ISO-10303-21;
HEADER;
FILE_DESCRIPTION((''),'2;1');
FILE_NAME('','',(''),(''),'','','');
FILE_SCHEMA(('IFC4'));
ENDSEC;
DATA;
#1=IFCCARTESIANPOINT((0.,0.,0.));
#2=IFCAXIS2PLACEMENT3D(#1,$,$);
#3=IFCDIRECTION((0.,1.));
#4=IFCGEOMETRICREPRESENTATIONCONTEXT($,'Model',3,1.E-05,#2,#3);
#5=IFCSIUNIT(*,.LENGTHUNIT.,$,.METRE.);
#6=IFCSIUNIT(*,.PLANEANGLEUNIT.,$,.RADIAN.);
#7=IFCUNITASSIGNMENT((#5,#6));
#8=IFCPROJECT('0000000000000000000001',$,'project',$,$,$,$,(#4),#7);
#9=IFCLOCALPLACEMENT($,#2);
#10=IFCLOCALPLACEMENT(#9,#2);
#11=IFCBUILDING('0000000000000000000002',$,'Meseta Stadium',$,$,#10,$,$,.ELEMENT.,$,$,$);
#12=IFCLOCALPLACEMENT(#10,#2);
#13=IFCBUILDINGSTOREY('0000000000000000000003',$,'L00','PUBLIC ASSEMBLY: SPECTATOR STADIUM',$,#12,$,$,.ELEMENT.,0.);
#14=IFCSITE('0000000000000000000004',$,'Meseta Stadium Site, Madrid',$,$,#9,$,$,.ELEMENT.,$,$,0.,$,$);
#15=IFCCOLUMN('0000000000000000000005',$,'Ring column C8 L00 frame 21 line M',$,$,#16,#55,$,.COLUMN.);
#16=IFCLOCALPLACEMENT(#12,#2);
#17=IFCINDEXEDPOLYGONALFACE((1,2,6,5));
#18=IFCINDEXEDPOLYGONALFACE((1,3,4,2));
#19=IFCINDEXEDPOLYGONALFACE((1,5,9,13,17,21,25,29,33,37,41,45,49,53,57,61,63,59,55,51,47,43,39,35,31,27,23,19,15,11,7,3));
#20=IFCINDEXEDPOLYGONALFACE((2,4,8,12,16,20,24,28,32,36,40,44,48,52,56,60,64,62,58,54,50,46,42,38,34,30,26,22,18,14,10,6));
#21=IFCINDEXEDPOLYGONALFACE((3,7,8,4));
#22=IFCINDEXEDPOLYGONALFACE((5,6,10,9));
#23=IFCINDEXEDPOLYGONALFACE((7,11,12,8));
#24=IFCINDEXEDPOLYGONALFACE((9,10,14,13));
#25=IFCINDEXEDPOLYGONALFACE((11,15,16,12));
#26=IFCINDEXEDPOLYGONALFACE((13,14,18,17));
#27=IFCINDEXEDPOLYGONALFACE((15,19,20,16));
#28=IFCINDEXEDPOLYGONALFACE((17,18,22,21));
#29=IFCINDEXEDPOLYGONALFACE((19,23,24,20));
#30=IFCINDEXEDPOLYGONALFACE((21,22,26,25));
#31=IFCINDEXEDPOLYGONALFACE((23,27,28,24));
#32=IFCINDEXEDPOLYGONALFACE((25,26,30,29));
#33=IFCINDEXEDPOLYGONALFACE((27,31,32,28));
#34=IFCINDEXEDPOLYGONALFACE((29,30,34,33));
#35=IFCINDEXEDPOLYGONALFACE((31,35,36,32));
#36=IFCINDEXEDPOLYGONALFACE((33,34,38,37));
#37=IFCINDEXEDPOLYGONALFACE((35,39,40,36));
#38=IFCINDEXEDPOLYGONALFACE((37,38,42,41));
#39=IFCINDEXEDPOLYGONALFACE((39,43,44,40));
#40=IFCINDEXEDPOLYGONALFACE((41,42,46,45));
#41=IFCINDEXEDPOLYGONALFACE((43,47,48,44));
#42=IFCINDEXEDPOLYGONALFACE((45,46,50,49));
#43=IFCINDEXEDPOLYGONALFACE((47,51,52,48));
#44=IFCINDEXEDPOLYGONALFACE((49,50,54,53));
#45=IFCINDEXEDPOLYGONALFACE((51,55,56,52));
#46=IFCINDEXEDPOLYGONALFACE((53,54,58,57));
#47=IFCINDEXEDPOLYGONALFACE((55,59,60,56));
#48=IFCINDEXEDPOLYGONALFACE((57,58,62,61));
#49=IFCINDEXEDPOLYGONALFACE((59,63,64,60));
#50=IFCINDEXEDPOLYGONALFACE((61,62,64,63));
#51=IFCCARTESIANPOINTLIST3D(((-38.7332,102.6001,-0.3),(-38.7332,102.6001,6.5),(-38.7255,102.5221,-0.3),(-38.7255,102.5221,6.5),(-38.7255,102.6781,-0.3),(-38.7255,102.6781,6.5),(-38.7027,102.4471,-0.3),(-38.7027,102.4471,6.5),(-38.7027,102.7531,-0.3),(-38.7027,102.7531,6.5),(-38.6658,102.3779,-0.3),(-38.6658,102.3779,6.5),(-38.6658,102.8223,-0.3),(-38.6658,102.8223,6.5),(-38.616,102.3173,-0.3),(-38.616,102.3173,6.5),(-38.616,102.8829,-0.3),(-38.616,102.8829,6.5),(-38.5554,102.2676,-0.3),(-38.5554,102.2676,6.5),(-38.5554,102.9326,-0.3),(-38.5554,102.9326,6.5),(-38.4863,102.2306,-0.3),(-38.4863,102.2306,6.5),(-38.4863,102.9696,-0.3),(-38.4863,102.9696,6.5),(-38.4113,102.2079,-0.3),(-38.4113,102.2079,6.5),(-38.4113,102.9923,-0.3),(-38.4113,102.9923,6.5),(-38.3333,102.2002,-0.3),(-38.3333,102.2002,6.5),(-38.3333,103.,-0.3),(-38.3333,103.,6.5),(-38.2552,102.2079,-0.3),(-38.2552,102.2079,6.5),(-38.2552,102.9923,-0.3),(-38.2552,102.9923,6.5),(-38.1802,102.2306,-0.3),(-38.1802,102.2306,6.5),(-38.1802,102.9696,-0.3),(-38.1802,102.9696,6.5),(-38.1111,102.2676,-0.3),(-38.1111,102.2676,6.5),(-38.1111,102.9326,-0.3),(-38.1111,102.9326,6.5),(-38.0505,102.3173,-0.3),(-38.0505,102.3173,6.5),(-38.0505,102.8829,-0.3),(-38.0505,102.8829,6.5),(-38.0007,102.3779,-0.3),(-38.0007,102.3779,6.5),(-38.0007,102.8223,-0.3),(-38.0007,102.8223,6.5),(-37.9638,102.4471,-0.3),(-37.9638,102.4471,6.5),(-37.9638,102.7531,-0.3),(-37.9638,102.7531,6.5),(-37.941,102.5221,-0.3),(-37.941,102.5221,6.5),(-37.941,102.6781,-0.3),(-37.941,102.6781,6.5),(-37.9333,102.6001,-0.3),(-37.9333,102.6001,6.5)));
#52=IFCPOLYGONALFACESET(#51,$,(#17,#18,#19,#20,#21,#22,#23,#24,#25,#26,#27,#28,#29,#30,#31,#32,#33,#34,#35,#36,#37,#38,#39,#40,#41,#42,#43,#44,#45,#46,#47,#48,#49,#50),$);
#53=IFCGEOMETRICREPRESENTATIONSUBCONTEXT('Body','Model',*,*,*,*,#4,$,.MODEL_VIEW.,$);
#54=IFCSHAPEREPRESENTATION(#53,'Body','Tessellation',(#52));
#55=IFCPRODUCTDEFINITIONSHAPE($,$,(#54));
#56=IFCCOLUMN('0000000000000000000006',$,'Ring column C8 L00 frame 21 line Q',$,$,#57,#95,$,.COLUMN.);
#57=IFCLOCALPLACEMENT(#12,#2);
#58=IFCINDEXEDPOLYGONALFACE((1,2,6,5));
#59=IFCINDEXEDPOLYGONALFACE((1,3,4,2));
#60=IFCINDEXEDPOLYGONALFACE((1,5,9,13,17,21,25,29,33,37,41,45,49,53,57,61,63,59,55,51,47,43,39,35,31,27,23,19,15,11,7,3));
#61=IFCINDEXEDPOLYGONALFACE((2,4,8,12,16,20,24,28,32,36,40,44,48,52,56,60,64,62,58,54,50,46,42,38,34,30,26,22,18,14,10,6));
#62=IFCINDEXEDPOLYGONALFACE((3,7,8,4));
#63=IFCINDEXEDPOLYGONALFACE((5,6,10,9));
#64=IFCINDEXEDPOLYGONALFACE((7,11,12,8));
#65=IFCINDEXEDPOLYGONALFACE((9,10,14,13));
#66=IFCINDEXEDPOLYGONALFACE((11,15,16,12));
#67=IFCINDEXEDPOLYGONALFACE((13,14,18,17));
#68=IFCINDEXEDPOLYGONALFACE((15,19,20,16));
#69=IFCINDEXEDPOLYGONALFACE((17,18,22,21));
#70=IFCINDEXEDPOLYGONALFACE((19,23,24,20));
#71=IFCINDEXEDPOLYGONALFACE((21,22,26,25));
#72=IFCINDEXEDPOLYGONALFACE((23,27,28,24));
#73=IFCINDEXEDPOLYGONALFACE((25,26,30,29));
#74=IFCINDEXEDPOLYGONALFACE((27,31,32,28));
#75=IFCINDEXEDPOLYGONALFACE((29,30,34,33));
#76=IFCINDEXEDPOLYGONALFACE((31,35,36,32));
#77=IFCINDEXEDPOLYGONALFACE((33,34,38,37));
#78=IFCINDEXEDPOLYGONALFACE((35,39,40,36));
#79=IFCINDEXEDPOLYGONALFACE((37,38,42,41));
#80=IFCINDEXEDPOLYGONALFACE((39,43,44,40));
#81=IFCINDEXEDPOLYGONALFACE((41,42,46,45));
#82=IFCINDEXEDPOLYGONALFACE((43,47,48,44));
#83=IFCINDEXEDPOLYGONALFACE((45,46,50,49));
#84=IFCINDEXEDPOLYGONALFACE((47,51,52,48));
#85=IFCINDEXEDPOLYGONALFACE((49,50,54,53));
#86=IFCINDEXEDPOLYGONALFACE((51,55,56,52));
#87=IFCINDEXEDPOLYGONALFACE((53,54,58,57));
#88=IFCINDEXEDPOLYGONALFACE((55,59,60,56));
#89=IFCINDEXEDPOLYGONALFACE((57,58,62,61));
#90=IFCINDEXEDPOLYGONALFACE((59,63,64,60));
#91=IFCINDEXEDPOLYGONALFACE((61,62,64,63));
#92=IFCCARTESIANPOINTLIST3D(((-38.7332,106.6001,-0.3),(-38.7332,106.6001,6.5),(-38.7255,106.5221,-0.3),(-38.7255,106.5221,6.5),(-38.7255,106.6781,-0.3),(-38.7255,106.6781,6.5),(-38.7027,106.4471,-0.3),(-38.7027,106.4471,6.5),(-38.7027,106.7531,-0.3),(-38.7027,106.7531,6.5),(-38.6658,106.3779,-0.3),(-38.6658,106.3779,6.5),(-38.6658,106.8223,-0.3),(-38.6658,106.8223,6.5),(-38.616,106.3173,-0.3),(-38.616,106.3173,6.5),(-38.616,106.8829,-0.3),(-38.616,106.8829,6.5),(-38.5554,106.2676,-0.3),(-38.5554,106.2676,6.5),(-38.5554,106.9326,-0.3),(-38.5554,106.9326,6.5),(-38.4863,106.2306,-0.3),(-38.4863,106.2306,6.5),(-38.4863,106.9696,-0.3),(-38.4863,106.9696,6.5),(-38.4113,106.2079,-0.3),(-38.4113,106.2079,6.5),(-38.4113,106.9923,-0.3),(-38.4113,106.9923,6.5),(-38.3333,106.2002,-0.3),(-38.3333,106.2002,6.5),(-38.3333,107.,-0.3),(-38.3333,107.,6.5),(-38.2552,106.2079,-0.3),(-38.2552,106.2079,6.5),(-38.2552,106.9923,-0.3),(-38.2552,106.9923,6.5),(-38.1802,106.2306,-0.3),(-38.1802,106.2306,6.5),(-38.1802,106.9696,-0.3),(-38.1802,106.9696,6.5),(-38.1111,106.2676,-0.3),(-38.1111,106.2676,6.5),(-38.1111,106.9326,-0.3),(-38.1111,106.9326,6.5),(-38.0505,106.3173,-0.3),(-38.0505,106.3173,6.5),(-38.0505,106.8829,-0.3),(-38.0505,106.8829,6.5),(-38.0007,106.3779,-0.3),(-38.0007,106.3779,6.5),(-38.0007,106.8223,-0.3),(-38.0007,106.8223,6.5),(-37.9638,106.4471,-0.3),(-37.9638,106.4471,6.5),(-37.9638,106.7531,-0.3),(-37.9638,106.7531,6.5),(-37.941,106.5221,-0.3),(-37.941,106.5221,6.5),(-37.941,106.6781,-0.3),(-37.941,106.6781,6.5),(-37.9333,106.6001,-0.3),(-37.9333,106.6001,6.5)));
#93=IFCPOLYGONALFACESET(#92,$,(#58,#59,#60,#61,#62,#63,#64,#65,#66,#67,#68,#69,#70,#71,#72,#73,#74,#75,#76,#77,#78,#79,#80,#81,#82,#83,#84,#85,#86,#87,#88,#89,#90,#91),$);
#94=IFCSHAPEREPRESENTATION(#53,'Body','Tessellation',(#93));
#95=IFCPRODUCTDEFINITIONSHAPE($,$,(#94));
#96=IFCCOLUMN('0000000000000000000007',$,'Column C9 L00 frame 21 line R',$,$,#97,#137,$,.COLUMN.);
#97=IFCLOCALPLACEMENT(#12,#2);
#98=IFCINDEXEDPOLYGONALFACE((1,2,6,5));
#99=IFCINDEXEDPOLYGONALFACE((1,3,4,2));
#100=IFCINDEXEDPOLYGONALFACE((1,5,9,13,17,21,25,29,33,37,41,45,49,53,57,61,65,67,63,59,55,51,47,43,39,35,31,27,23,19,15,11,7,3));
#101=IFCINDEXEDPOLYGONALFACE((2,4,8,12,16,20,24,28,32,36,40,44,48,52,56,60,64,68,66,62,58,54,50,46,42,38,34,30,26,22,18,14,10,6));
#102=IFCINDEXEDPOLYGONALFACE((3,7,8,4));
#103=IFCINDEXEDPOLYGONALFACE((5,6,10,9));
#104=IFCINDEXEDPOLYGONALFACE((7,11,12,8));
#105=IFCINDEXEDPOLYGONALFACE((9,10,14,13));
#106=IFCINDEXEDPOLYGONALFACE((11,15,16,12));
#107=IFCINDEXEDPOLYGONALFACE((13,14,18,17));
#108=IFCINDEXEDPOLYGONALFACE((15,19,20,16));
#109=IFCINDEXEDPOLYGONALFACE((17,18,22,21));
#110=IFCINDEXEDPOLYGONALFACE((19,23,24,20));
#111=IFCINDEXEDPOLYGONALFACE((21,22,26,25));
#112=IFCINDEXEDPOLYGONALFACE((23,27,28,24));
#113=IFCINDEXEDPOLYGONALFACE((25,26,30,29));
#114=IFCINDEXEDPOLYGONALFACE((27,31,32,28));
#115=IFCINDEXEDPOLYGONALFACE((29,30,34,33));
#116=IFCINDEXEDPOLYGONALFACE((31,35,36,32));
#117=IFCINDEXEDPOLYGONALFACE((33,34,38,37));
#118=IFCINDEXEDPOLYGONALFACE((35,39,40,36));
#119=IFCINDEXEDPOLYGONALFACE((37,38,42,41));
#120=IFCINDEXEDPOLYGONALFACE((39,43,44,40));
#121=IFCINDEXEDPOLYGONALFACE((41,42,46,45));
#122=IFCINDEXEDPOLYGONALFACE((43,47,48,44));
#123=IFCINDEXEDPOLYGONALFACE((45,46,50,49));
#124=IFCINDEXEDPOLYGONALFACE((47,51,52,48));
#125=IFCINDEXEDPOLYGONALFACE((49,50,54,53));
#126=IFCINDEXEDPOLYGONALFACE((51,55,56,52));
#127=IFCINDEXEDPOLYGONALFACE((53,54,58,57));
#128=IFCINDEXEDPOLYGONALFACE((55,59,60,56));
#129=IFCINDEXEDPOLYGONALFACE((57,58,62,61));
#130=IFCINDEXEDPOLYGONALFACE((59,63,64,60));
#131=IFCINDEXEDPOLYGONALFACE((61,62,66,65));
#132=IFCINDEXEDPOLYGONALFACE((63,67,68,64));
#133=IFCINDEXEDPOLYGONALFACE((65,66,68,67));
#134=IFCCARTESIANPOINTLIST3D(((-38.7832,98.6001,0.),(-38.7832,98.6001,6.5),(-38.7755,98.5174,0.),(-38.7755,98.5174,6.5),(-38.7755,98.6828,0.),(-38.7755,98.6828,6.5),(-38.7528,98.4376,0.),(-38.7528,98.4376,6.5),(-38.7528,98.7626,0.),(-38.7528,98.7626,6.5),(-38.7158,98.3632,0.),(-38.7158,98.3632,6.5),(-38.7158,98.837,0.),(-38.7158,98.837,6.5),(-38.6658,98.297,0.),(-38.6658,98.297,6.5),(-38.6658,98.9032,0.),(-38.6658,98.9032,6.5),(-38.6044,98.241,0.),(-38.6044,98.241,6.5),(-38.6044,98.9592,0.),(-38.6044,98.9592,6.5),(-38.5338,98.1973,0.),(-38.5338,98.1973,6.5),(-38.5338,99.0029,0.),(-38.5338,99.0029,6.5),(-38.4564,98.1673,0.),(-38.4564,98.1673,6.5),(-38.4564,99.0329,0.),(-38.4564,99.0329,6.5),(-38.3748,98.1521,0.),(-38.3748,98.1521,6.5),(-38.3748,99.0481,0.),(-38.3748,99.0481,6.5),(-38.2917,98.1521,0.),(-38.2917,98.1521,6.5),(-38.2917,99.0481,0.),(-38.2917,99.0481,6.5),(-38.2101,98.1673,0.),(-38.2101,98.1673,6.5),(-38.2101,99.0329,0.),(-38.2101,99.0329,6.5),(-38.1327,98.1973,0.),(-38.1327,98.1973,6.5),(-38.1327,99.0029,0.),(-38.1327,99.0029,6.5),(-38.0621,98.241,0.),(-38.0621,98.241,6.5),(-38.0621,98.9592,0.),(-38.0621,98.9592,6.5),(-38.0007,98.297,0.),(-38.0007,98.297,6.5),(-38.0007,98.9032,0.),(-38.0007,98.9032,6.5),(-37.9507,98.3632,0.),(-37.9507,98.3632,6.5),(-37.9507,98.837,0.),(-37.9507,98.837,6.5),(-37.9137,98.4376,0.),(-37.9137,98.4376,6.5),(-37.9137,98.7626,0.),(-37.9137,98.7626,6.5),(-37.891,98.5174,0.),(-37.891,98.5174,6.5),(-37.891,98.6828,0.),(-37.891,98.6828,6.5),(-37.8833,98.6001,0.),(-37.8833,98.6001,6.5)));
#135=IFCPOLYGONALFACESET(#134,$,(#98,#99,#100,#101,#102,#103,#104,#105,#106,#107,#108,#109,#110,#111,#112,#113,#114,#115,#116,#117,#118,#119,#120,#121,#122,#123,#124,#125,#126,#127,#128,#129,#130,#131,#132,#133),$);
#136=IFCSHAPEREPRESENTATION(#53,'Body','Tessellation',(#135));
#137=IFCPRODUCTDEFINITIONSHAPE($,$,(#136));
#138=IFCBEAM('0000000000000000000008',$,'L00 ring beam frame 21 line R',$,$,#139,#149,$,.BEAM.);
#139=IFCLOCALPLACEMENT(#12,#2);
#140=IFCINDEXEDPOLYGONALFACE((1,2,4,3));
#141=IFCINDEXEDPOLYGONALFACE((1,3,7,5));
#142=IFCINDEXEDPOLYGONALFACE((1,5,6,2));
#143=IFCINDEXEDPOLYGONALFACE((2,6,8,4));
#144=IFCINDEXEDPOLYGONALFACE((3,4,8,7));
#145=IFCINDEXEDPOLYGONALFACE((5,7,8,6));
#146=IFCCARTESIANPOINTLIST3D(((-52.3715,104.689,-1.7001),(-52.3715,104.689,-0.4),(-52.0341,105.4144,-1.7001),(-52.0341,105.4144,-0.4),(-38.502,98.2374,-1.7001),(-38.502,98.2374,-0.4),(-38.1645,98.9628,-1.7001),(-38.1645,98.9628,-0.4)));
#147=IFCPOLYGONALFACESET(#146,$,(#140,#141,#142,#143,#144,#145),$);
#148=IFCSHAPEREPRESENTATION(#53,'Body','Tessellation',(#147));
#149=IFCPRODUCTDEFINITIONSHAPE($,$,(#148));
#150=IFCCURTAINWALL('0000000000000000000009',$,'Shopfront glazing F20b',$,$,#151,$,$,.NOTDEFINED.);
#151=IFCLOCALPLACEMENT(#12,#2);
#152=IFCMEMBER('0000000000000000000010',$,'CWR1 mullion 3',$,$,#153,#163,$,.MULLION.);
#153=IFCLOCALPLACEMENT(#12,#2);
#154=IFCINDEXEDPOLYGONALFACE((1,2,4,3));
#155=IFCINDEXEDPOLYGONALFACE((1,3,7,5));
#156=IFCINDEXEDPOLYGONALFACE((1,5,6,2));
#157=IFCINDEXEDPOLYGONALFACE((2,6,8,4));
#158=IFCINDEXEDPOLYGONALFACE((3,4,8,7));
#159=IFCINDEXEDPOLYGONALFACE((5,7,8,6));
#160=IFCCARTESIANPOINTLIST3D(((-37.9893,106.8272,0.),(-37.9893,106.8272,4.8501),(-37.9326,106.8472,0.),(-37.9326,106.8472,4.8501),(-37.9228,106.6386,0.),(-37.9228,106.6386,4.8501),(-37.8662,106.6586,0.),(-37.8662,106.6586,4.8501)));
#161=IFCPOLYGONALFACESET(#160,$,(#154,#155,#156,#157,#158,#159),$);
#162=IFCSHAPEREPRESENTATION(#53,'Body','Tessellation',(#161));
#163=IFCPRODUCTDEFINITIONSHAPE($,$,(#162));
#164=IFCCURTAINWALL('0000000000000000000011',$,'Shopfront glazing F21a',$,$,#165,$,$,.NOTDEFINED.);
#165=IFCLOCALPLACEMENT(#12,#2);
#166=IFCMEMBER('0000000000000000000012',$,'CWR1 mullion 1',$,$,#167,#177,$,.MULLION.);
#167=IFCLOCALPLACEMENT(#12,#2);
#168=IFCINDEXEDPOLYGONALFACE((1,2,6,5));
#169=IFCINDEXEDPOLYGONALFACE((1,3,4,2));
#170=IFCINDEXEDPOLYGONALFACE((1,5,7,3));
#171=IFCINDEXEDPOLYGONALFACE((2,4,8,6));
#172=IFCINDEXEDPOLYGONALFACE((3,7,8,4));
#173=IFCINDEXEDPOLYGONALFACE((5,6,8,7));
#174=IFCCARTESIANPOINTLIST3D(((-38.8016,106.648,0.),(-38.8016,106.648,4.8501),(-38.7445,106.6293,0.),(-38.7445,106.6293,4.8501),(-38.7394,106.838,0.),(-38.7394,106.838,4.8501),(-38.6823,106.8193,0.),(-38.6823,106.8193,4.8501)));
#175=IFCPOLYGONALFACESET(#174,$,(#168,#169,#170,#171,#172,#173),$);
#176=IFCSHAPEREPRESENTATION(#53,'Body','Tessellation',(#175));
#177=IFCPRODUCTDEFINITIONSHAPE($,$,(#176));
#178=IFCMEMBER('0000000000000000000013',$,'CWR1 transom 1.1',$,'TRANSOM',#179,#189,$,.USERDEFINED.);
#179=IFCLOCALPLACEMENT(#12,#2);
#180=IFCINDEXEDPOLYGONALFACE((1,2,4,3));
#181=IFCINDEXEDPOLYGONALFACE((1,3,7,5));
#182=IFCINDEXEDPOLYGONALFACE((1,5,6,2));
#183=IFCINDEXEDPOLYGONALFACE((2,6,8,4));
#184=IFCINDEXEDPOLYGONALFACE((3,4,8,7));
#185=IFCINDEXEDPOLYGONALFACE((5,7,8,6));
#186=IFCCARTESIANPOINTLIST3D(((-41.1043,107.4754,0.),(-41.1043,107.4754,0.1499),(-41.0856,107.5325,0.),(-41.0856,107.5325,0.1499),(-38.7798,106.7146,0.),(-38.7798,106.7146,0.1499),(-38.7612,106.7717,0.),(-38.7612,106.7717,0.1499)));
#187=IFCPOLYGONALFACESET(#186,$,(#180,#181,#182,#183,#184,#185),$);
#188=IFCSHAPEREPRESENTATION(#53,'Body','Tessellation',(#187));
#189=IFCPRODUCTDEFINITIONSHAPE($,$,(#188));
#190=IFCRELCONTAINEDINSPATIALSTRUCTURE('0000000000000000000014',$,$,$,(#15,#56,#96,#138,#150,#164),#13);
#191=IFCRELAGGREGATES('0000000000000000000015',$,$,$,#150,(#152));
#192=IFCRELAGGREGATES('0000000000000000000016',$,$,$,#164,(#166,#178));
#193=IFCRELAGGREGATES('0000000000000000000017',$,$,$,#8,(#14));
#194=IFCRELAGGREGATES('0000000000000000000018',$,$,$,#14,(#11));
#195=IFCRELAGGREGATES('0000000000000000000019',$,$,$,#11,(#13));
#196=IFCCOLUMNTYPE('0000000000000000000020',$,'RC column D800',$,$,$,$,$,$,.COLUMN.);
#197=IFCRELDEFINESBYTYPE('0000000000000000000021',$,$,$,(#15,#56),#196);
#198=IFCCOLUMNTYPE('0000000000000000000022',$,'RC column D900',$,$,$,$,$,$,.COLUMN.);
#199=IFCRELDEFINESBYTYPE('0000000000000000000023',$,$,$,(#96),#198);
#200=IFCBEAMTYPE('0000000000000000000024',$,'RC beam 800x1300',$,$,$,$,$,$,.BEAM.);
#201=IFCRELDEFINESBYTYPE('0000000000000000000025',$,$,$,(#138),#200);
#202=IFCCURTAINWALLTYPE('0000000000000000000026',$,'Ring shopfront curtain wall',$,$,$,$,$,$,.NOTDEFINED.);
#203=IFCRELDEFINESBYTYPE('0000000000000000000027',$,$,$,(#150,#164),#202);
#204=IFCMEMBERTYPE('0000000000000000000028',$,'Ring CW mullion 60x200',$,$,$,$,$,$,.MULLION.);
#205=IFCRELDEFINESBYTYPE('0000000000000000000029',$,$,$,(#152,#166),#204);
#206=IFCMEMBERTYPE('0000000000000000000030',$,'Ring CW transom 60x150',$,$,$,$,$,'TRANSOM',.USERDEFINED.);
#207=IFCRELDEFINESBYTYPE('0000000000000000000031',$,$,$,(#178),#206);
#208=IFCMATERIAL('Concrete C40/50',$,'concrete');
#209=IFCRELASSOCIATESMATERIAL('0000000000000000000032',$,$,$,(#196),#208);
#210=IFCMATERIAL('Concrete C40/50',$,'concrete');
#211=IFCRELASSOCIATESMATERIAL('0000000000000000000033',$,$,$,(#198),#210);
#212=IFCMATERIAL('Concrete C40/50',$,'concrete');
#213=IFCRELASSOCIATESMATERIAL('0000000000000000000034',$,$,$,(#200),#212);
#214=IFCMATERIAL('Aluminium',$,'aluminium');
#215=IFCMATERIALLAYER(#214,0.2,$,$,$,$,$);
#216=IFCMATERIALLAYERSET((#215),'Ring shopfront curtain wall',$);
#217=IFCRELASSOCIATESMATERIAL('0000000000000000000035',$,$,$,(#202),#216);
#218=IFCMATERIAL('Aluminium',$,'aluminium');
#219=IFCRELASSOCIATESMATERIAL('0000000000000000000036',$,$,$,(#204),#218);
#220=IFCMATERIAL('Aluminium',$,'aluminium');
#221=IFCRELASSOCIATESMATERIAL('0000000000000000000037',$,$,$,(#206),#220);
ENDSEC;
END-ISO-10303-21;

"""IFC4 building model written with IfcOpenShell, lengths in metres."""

from ifc_helpers import new_model, si_unit, direction, frame, origin, origin_2d, place, context, subcontext, project, spatial, rectangle, circle, extrude, material, layer, layer_set, material_profile, profile_set, type_object, element, aggregate, save


model = new_model("IFC4")

# Units and contexts
model_context = context("Model", 3, precision=1e-05, world=origin(), true_north=direction((0.0, 1.0)))
body_context = subcontext(model_context, "Body", "Model", "MODEL_VIEW")
ifc_project = project(units=[si_unit("LENGTHUNIT", "METRE"), si_unit("PLANEANGLEUNIT", "RADIAN")], contexts=[model_context])

# Site, building, storey
site_placement = place(None, origin())
site = spatial("IfcSite", under=ifc_project, at=site_placement, Name="Meseta Stadium Site, Madrid", CompositionType="ELEMENT", RefElevation=0.0)
building_placement = place(site_placement, origin())
building = spatial("IfcBuilding", under=site, at=building_placement, Name="Meseta Stadium", CompositionType="ELEMENT")
storey_placement = place(building_placement, origin())
storey = spatial("IfcBuildingStorey", under=building, at=storey_placement, Name="L00", Description="PUBLIC ASSEMBLY: SPECTATOR STADIUM", CompositionType="ELEMENT", Elevation=0.0)

# Columns
ifc_material_1 = material(Name="Concrete C40/50", Category="concrete")
ifc_material_profile_1 = material_profile(ifc_material_1, circle(Radius=0.3999, at=origin_2d()), Name="RC D800")
ifc_profile_set_1 = profile_set([ifc_material_profile_1], Name="Concrete C40/50")
column_type_1 = type_object("IfcColumnType", Name="RC column D800", PredefinedType="COLUMN", material=ifc_profile_set_1)
for number, where, z_axis, x_axis, name in (
    (1, (-38.3333, 102.6001, -0.3), (0.0, 0.0, 1.0), (1.0, 0.0, 0.0), "Ring column C8 L00 frame 21 line M"),
    (2, (-38.3333, 106.6001, -0.3), (0.0, 0.0, 1.0), (1.0, 0.0, 0.0), "Ring column C8 L00 frame 21 line Q"),
):
    element("IfcColumn", number, at=place(storey_placement, frame(where, z_axis=z_axis, x_axis=x_axis)), inside=storey, type_object=column_type_1, Name=name, PredefinedType="COLUMN", context=body_context, shape_type="SweptSolid", body=[
        extrude(circle(Radius=0.3999, at=origin_2d()), origin(), (0.0, 0.0, 1.0), 6.8),
    ])
ifc_material_2 = material(Name="Concrete C40/50", Category="concrete")
ifc_material_profile_2 = material_profile(ifc_material_2, circle(Radius=0.45, at=origin_2d()), Name="RC D900")
ifc_profile_set_2 = profile_set([ifc_material_profile_2], Name="Concrete C40/50")
column_type_2 = type_object("IfcColumnType", Name="RC column D900", PredefinedType="COLUMN", material=ifc_profile_set_2)
column_placement = place(storey_placement, frame((-38.3333, 98.6001, 0.0), z_axis=(0.0, 0.0, 1.0), x_axis=(1.0, 0.0, 0.0)))
element("IfcColumn", 3, at=column_placement, inside=storey, type_object=column_type_2, Name="Column C9 L00 frame 21 line R", PredefinedType="COLUMN", context=body_context, shape_type="SweptSolid", body=[
    extrude(circle(Radius=0.45, at=origin_2d()), origin(), (0.0, 0.0, 1.0), 6.5),
])

# Beam
ifc_material_3 = material(Name="Concrete C40/50", Category="concrete")
ifc_material_profile_3 = material_profile(ifc_material_3, rectangle(XDim=0.8, YDim=1.3, at=origin_2d()), Name="RC 800x1300")
ifc_profile_set_3 = profile_set([ifc_material_profile_3], Name="Concrete C40/50")
beam_type = type_object("IfcBeamType", Name="RC beam 800x1300", PredefinedType="BEAM", material=ifc_profile_set_3)
beam_placement = place(storey_placement, frame((-38.3333, 98.6001, -1.05), z_axis=(-0.906704, 0.421767, 0.0), x_axis=(-0.421767, -0.906704, 0.0)))
element("IfcBeam", 4, at=beam_placement, inside=storey, type_object=beam_type, Name="L00 ring beam frame 21 line R", PredefinedType="BEAM", context=body_context, shape_type="SweptSolid", body=[
    extrude(rectangle(XDim=0.8, YDim=1.3, at=origin_2d()), origin(), (0.0, 0.0, 1.0), 15.2966),
])

# Curtain wall, member
ifc_material_4 = material(Name="Aluminium", Category="aluminium")
ifc_layer_1 = layer(ifc_material_4, 0.2)
ifc_layer_set_1 = layer_set([ifc_layer_1], Name="Ring shopfront curtain wall")
curtain_wall_type = type_object("IfcCurtainWallType", Name="Ring shopfront curtain wall", PredefinedType="NOTDEFINED", material=ifc_layer_set_1)
curtain_wall_1_placement = place(storey_placement, origin())
curtain_wall_1 = element("IfcCurtainWall", 5, at=curtain_wall_1_placement, inside=storey, type_object=curtain_wall_type, Name="Shopfront glazing F20b", PredefinedType="NOTDEFINED")
ifc_material_5 = material(Name="Aluminium", Category="aluminium")
ifc_material_profile_4 = material_profile(ifc_material_5, rectangle(XDim=0.2, YDim=0.0601, at=origin_2d()), Name="CW 200x60")
ifc_profile_set_4 = profile_set([ifc_material_profile_4], Name="Aluminium")
member_type_1 = type_object("IfcMemberType", Name="Ring CW mullion 60x200", PredefinedType="MULLION", material=ifc_profile_set_4)
member_1_placement = place(storey_placement, frame((-37.9277, 106.7429, 0.0), z_axis=(0.0, 0.0, 1.0), x_axis=(0.33217, -0.94322, 0.0)))
member_1 = element("IfcMember", 6, at=member_1_placement, type_object=member_type_1, Name="CWR1 mullion 3", PredefinedType="MULLION", context=body_context, shape_type="SweptSolid", body=[
    extrude(rectangle(XDim=0.2, YDim=0.0601, at=origin_2d()), origin(), (0.0, 0.0, 1.0), 4.8501),
])
aggregate(curtain_wall_1, [member_1])

# Curtain wall, members
curtain_wall_2_placement = place(storey_placement, origin())
curtain_wall_2 = element("IfcCurtainWall", 7, at=curtain_wall_2_placement, inside=storey, type_object=curtain_wall_type, Name="Shopfront glazing F21a", PredefinedType="NOTDEFINED")
member_2_placement = place(storey_placement, frame((-38.7419, 106.7336, 0.0), z_axis=(0.0, 0.0, 1.0), x_axis=(-0.311059, -0.950391, 0.0)))
member_2 = element("IfcMember", 8, at=member_2_placement, type_object=member_type_1, Name="CWR1 mullion 1", PredefinedType="MULLION", context=body_context, shape_type="SweptSolid", body=[
    extrude(rectangle(XDim=0.2, YDim=0.0601, at=origin_2d()), origin(), (0.0, 0.0, 1.0), 4.8501),
])
ifc_material_6 = material(Name="Aluminium", Category="aluminium")
ifc_material_profile_5 = material_profile(ifc_material_6, rectangle(XDim=0.0601, YDim=0.1499, at=origin_2d()), Name="CW 60x150")
ifc_profile_set_5 = profile_set([ifc_material_profile_5], Name="Aluminium")
member_type_2 = type_object("IfcMemberType", Name="Ring CW transom 60x150", ElementType="TRANSOM", PredefinedType="USERDEFINED", material=ifc_profile_set_5)
member_3_placement = place(storey_placement, frame((-38.7705, 106.7432, 0.075), z_axis=(-0.950396, 0.311042, 0.0), x_axis=(-0.311042, -0.950396, 0.0)))
member_3 = element("IfcMember", 9, at=member_3_placement, type_object=member_type_2, Name="CWR1 transom 1.1", ObjectType="TRANSOM", PredefinedType="USERDEFINED", context=body_context, shape_type="SweptSolid", body=[
    extrude(rectangle(XDim=0.0601, YDim=0.1499, at=origin_2d()), origin(), (0.0, 0.0, 1.0), 2.4458),
])
aggregate(curtain_wall_2, [member_2, member_3])

save(model, "model.ifc")
